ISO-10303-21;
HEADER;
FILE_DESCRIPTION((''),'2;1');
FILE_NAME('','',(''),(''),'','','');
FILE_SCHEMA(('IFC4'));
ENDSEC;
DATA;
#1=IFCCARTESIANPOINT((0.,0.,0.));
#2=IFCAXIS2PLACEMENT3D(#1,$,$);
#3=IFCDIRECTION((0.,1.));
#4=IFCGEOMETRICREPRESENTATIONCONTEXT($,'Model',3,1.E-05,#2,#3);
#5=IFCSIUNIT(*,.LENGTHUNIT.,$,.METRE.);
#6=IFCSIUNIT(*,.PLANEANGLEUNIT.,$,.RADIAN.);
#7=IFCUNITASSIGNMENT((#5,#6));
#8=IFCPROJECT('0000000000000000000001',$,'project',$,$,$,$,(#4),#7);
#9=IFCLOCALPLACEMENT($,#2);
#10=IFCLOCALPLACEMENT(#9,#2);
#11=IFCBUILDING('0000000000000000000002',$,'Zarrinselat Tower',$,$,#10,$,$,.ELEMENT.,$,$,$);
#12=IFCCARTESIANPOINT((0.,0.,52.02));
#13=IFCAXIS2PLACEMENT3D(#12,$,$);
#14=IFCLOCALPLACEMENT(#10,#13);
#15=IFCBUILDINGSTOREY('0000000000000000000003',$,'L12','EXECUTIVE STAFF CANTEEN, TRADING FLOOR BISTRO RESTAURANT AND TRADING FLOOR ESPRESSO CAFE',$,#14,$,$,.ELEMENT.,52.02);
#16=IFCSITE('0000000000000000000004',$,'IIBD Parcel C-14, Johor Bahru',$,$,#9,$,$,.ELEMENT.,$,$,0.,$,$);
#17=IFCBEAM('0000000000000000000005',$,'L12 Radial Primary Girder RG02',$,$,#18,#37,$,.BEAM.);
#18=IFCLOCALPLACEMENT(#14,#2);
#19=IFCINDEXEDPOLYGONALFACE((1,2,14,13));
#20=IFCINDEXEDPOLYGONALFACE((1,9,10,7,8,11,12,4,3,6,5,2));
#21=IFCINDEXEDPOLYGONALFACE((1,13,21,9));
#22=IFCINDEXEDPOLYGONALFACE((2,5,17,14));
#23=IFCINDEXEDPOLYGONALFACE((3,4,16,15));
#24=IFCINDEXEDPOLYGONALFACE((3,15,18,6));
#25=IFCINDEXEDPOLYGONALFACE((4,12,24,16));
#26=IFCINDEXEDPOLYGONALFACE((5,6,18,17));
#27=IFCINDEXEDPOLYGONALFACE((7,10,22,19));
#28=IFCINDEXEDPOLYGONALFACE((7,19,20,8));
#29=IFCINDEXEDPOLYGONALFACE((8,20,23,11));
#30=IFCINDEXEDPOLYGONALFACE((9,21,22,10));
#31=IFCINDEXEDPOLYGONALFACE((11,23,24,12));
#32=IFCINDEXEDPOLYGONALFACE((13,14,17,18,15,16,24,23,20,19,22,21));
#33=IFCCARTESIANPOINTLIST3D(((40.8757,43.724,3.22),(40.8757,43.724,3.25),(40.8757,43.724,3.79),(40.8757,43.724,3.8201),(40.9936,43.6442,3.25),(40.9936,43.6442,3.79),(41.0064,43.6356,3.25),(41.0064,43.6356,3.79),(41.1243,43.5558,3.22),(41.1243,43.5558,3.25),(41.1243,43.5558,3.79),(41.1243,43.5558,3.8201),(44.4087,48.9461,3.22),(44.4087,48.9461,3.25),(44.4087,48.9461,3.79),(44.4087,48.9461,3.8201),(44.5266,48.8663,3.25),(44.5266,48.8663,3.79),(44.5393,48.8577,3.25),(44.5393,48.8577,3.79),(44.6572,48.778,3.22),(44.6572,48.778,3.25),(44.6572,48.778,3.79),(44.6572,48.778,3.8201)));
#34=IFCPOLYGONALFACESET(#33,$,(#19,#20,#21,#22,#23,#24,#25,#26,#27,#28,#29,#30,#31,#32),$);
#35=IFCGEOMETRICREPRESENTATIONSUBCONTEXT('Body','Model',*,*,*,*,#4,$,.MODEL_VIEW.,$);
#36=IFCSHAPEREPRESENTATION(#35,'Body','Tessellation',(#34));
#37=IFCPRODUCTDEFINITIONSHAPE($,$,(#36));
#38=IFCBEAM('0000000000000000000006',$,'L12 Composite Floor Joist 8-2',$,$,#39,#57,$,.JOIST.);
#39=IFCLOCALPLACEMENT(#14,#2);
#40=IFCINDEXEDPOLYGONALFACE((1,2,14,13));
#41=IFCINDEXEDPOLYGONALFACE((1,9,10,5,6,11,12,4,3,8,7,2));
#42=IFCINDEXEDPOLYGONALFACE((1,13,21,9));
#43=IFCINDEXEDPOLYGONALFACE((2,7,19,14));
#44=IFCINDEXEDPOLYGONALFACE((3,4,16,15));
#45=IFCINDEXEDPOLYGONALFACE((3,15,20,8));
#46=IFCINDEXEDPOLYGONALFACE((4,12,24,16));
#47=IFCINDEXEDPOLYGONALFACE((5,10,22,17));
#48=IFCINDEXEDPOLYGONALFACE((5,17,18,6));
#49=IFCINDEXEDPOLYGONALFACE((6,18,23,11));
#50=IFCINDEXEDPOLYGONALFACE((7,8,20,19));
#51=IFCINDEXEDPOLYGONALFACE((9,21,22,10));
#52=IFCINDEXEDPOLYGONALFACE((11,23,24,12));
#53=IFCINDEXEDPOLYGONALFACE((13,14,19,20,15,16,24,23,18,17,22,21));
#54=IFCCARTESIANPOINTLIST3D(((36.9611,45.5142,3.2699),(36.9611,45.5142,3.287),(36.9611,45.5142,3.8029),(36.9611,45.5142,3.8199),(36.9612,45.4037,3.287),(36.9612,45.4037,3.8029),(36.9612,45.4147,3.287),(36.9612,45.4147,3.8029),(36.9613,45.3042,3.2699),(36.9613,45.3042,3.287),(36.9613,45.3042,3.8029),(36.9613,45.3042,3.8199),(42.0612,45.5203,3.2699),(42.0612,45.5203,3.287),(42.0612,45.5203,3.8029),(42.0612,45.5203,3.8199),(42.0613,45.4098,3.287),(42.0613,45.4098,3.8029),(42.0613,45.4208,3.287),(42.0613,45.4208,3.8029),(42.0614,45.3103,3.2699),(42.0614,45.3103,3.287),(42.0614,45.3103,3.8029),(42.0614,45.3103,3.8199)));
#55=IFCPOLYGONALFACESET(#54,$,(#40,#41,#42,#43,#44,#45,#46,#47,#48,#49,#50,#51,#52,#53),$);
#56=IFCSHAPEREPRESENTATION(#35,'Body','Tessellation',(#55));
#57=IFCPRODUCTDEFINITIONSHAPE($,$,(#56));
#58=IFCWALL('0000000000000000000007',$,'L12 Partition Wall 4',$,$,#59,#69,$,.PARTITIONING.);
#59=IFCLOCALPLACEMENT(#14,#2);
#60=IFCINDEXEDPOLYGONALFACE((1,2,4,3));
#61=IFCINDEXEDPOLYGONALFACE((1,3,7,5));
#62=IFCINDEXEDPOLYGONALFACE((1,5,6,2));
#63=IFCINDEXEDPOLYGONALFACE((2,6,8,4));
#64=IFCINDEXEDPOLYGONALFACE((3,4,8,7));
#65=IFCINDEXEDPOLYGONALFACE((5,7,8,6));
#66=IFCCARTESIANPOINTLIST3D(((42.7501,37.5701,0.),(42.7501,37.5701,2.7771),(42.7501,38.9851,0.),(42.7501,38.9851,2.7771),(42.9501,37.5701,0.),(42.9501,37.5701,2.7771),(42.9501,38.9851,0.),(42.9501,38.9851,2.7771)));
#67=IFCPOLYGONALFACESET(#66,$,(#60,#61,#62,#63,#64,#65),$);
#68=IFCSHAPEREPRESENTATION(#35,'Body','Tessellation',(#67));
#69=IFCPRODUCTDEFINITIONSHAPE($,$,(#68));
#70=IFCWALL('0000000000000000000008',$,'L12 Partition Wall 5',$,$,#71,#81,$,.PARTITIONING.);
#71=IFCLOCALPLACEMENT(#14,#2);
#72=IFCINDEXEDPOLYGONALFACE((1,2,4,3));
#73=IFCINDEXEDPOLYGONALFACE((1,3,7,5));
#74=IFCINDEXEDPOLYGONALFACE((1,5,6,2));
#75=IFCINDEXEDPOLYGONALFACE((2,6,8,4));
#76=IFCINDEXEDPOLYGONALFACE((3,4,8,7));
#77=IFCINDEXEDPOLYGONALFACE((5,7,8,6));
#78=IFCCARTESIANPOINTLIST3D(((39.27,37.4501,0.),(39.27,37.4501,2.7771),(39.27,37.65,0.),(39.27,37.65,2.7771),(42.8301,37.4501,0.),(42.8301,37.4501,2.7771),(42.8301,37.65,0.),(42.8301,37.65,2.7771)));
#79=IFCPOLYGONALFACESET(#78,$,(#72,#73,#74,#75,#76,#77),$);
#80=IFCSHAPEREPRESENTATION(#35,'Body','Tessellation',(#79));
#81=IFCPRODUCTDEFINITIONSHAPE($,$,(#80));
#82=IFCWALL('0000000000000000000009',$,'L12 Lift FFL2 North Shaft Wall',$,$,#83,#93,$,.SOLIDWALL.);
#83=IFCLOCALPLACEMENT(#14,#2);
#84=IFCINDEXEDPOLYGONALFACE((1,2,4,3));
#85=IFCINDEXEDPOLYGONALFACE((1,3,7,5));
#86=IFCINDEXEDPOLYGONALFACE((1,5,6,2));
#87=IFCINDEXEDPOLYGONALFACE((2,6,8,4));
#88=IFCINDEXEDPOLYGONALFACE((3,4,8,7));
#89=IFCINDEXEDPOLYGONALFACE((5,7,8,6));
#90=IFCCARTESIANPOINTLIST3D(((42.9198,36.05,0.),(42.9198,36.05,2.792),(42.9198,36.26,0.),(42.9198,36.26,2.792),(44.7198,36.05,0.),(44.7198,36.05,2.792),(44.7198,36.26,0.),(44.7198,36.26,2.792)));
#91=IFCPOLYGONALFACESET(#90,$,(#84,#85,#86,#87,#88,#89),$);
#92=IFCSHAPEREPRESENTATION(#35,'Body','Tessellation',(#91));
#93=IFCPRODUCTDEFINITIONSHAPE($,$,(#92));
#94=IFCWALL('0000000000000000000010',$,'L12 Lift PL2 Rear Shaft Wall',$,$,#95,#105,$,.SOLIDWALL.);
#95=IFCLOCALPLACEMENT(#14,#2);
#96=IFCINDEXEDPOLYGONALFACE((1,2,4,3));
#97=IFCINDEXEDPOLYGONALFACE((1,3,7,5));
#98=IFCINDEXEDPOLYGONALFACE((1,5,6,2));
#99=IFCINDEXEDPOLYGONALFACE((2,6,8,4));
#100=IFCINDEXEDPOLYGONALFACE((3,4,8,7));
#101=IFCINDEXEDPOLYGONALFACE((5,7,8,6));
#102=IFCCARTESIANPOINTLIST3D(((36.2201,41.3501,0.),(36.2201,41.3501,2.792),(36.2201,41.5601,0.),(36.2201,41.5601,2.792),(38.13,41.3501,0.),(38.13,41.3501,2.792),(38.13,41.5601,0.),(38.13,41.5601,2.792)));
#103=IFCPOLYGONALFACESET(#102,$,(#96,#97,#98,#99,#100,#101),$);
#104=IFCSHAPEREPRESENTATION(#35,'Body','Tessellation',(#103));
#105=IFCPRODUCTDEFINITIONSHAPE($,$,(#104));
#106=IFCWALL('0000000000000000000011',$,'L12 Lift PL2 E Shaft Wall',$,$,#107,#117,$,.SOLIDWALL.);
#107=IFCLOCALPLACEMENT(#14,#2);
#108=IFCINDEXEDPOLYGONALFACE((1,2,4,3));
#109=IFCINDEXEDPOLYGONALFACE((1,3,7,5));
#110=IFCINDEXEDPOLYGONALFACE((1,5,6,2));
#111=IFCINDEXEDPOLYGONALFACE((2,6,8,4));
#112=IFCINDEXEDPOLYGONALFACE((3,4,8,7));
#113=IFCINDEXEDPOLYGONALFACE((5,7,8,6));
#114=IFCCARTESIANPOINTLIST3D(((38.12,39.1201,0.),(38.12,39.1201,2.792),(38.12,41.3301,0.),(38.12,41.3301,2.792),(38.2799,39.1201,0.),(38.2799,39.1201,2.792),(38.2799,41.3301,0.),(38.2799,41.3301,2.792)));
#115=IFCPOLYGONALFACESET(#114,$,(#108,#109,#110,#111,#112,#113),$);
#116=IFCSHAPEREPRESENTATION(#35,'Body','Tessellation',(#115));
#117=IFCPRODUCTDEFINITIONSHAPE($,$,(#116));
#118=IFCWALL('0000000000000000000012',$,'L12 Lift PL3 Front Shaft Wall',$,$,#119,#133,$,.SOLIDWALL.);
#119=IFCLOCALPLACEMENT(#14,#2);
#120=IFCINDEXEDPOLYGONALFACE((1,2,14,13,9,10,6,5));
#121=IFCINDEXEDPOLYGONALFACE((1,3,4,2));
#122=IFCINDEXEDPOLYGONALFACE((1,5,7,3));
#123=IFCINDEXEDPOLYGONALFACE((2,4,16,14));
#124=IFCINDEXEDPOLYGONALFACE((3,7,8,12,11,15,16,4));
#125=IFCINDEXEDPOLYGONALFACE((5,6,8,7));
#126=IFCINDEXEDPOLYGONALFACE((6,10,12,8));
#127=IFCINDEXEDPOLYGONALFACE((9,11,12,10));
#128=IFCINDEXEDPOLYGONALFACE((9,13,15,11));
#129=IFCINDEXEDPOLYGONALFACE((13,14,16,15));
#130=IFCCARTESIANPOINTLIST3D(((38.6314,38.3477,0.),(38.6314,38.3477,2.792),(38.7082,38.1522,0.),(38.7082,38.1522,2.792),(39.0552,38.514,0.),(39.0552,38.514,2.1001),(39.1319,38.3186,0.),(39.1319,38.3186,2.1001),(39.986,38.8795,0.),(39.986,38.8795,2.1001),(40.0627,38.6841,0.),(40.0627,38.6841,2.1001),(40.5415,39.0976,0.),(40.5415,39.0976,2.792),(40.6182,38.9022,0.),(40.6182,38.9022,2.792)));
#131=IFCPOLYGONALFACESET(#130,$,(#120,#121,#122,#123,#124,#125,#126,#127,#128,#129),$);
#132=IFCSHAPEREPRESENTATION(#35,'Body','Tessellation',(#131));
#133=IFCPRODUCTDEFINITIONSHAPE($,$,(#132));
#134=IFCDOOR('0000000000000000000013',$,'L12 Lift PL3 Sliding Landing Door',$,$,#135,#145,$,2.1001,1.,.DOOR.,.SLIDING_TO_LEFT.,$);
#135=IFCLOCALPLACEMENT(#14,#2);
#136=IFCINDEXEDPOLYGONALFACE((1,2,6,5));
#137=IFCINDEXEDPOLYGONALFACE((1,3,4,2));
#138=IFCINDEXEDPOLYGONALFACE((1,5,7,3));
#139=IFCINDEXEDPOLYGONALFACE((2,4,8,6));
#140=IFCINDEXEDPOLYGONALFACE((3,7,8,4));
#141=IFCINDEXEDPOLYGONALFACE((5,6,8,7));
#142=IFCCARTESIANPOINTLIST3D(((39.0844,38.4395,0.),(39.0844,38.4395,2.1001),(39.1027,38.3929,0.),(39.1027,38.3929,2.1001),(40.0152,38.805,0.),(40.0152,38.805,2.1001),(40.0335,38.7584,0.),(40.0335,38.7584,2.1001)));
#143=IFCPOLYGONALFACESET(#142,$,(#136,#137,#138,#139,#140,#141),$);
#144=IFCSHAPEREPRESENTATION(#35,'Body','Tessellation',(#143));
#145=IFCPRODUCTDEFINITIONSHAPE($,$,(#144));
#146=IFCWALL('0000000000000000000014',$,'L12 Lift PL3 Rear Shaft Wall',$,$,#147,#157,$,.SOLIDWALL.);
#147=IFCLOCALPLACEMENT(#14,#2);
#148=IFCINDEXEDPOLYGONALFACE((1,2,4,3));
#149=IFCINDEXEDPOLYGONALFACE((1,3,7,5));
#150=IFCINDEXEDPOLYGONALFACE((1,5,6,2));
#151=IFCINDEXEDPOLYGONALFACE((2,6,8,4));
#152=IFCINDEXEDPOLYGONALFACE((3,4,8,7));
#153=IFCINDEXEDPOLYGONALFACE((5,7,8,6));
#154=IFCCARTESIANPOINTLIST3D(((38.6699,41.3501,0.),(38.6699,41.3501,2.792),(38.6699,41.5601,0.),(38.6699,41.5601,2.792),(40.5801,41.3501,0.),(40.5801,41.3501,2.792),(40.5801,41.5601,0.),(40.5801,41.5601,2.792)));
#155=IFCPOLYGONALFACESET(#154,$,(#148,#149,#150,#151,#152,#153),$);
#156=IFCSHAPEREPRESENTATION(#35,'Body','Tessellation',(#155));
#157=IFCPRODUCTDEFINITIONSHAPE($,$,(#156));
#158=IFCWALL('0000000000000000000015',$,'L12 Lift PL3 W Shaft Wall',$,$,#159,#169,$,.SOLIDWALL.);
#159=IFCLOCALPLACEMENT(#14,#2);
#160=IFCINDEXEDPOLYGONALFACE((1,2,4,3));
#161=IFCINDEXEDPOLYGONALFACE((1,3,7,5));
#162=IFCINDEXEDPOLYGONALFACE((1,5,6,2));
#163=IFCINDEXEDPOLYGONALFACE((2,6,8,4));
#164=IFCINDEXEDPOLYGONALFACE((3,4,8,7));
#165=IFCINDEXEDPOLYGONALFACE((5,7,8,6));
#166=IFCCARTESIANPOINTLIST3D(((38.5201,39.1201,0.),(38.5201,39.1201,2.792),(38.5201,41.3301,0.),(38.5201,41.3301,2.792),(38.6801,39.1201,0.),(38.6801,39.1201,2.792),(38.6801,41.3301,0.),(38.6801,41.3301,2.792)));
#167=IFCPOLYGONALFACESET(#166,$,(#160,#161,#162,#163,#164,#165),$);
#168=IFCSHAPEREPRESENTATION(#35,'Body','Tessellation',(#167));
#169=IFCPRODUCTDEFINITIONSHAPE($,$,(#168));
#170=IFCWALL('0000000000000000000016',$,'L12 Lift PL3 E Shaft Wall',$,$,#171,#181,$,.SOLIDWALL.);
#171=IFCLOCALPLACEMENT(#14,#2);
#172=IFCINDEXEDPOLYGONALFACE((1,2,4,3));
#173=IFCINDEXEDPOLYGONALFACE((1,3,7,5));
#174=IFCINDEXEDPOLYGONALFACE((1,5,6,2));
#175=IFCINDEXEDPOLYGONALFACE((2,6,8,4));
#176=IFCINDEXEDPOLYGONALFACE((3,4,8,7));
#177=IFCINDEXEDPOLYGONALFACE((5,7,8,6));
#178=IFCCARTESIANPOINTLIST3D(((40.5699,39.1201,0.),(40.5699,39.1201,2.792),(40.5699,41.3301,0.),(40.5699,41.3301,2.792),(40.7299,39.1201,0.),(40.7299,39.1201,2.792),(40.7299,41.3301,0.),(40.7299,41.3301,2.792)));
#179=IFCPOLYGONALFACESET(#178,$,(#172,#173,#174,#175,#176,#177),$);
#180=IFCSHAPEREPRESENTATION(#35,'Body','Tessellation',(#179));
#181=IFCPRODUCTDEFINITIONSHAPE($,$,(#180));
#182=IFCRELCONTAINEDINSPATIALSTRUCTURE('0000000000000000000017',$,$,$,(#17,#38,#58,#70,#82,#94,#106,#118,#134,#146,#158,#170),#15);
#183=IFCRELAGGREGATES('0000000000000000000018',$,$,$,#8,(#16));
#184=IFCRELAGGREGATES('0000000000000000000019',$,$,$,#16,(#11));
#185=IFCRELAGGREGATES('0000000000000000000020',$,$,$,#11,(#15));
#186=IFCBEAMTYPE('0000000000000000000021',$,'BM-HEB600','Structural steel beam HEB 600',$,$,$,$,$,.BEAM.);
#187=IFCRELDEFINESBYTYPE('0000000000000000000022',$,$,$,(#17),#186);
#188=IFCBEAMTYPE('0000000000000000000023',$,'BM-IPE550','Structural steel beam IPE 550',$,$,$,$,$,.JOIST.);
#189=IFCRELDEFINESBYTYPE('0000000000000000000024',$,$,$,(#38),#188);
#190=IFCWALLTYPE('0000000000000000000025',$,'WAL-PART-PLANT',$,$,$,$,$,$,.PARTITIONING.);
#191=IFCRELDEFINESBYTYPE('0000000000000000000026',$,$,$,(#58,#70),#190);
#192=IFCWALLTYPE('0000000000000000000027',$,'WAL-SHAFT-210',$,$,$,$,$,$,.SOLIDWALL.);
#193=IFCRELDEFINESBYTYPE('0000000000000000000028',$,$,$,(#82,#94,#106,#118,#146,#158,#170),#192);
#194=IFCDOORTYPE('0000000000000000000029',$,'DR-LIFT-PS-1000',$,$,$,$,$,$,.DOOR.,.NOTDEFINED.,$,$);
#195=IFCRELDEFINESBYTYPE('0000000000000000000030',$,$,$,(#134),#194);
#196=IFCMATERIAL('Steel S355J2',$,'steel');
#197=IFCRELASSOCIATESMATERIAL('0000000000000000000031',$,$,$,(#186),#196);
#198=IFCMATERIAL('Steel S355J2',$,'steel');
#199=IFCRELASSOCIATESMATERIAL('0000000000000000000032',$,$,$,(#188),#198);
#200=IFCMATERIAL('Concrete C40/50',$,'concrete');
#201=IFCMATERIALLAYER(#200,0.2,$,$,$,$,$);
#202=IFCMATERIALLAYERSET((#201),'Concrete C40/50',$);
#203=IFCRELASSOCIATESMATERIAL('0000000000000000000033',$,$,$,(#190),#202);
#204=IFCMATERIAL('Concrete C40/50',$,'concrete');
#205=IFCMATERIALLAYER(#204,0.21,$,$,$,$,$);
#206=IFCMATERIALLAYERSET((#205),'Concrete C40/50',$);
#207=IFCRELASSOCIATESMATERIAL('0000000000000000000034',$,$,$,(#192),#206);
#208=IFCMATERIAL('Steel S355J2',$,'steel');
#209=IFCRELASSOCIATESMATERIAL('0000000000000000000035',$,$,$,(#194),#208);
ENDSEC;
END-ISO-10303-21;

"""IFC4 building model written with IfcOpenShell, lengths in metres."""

from ifc_helpers import new_model, si_unit, direction, frame, frame_2d, origin, origin_2d, place, context, subcontext, project, spatial, rectangle, i_section, extrude, material, layer, layer_set, material_profile, profile_set, type_object, element, fill, save


model = new_model("IFC4")

# Units and contexts
model_context = context("Model", 3, precision=1e-05, world=origin(), true_north=direction((0.0, 1.0)))
body_context = subcontext(model_context, "Body", "Model", "MODEL_VIEW")
ifc_project = project(units=[si_unit("LENGTHUNIT", "METRE"), si_unit("PLANEANGLEUNIT", "RADIAN")], contexts=[model_context])

# Site, building, storey
site_placement = place(None, origin())
site = spatial("IfcSite", under=ifc_project, at=site_placement, Name="IIBD Parcel C-14, Johor Bahru", CompositionType="ELEMENT", RefElevation=0.0)
building_placement = place(site_placement, origin())
building = spatial("IfcBuilding", under=site, at=building_placement, Name="Zarrinselat Tower", CompositionType="ELEMENT")
storey_placement = place(building_placement, frame((0.0, 0.0, 52.02)))
storey = spatial("IfcBuildingStorey", under=building, at=storey_placement, Name="L12", Description="EXECUTIVE STAFF CANTEEN, TRADING FLOOR BISTRO RESTAURANT AND TRADING FLOOR ESPRESSO CAFE", CompositionType="ELEMENT", Elevation=52.02)

# Beams
ifc_material_1 = material(Name="Steel S355J2", Category="steel")
ifc_material_profile_1 = material_profile(ifc_material_1, i_section(OverallWidth=0.3, OverallDepth=0.6001, WebThickness=0.0154, FlangeThickness=0.03, at=origin_2d()), Name="HEB 600")
ifc_profile_set_1 = profile_set([ifc_material_profile_1], Name="Steel S355J2")
beam_type_1 = type_object("IfcBeamType", Name="BM-HEB600", Description="Structural steel beam HEB 600", PredefinedType="BEAM", material=ifc_profile_set_1)
beam_1_placement = place(storey_placement, frame((41.0, 43.6399, 3.52), z_axis=(0.560344, 0.82826, 0.0), x_axis=(-0.82826, 0.560344, 0.0)))
element("IfcBeam", 1, at=beam_1_placement, inside=storey, type_object=beam_type_1, Name="L12 Radial Primary Girder RG02", PredefinedType="BEAM", context=body_context, shape_type="SweptSolid", body=[
    extrude(i_section(OverallWidth=0.3, OverallDepth=0.6001, WebThickness=0.0154, FlangeThickness=0.03, at=origin_2d()), origin(), (0.0, 0.0, 1.0), 6.3049),
])
ifc_material_2 = material(Name="Steel S355J2", Category="steel")
ifc_material_profile_2 = material_profile(ifc_material_2, i_section(OverallWidth=0.21, OverallDepth=0.55, WebThickness=0.011, FlangeThickness=0.0171, at=origin_2d()), Name="IPE 550")
ifc_profile_set_2 = profile_set([ifc_material_profile_2], Name="Steel S355J2")
beam_type_2 = type_object("IfcBeamType", Name="BM-IPE550", Description="Structural steel beam IPE 550", PredefinedType="JOIST", material=ifc_profile_set_2)
beam_2_placement = place(storey_placement, frame((36.9612, 45.4092, 3.5449), z_axis=(0.999999, 0.001197, 0.0), x_axis=(-0.001197, 0.999999, 0.0)))
element("IfcBeam", 2, at=beam_2_placement, inside=storey, type_object=beam_type_2, Name="L12 Composite Floor Joist 8-2", PredefinedType="JOIST", context=body_context, shape_type="SweptSolid", body=[
    extrude(i_section(OverallWidth=0.21, OverallDepth=0.55, WebThickness=0.011, FlangeThickness=0.0171, at=origin_2d()), origin(), (0.0, 0.0, 1.0), 5.1001),
])

# Walls
ifc_material_3 = material(Name="Concrete C40/50", Category="concrete")
ifc_layer_1 = layer(ifc_material_3, 0.2)
ifc_layer_set_1 = layer_set([ifc_layer_1], Name="Concrete C40/50")
wall_type_1 = type_object("IfcWallType", Name="WAL-PART-PLANT", PredefinedType="PARTITIONING", material=ifc_layer_set_1)
wall_1_placement = place(storey_placement, frame((42.8501, 37.5701, 0.0), z_axis=(0.0, 0.0, 1.0), x_axis=(0.0, 1.0, 0.0)))
element("IfcWall", 3, at=wall_1_placement, inside=storey, type_object=wall_type_1, Name="L12 Partition Wall 4", PredefinedType="PARTITIONING", context=body_context, shape_type="SweptSolid", body=[
    extrude(rectangle(XDim=1.415, YDim=0.2, at=frame_2d((0.7075, 0.0))), origin(), (0.0, 0.0, 1.0), 2.7771),
])
wall_2_placement = place(storey_placement, frame((39.27, 37.55, 0.0), z_axis=(0.0, 0.0, 1.0), x_axis=(1.0, 0.0, 0.0)))
element("IfcWall", 4, at=wall_2_placement, inside=storey, type_object=wall_type_1, Name="L12 Partition Wall 5", PredefinedType="PARTITIONING", context=body_context, shape_type="SweptSolid", body=[
    extrude(rectangle(XDim=3.5601, YDim=0.2, at=frame_2d((1.78, 0.0))), origin(), (0.0, 0.0, 1.0), 2.7771),
])
ifc_material_4 = material(Name="Concrete C40/50", Category="concrete")
ifc_layer_2 = layer(ifc_material_4, 0.21)
ifc_layer_set_2 = layer_set([ifc_layer_2], Name="Concrete C40/50")
wall_type_2 = type_object("IfcWallType", Name="WAL-SHAFT-210", PredefinedType="SOLIDWALL", material=ifc_layer_set_2)
wall_3_placement = place(storey_placement, frame((42.9199, 36.155, 0.0), z_axis=(0.0, 0.0, 1.0), x_axis=(1.0, 0.0, 0.0)))
element("IfcWall", 5, at=wall_3_placement, inside=storey, type_object=wall_type_2, Name="L12 Lift FFL2 North Shaft Wall", PredefinedType="SOLIDWALL", context=body_context, shape_type="SweptSolid", body=[
    extrude(rectangle(XDim=1.8, YDim=0.21, at=frame_2d((0.8999, 0.0))), origin(), (0.0, 0.0, 1.0), 2.792),
])
wall_4_placement = place(storey_placement, frame((36.22, 41.4551, 0.0), z_axis=(0.0, 0.0, 1.0), x_axis=(1.0, 0.0, 0.0)))
element("IfcWall", 6, at=wall_4_placement, inside=storey, type_object=wall_type_2, Name="L12 Lift PL2 Rear Shaft Wall", PredefinedType="SOLIDWALL", context=body_context, shape_type="SweptSolid", body=[
    extrude(rectangle(XDim=1.9099, YDim=0.21, at=frame_2d((0.9551, 0.0))), origin(), (0.0, 0.0, 1.0), 2.792),
])
wall_5_placement = place(storey_placement, frame((38.2, 39.1201, 0.0), z_axis=(0.0, 0.0, 1.0), x_axis=(0.0, 1.0, 0.0)))
element("IfcWall", 7, at=wall_5_placement, inside=storey, type_object=wall_type_2, Name="L12 Lift PL2 E Shaft Wall", PredefinedType="SOLIDWALL", context=body_context, shape_type="SweptSolid", body=[
    extrude(rectangle(XDim=2.21, YDim=0.1599, at=frame_2d((1.105, 0.0))), origin(), (0.0, 0.0, 1.0), 2.792),
])

# Wall, opening, door
wall_6_placement = place(storey_placement, frame((38.6699, 38.25, 0.0), z_axis=(0.0, 0.0, 1.0), x_axis=(0.930821, 0.365476, 0.0)))
wall_6 = element("IfcWall", 8, at=wall_6_placement, inside=storey, type_object=wall_type_2, Name="L12 Lift PL3 Front Shaft Wall", PredefinedType="SOLIDWALL", context=body_context, shape_type="SweptSolid", body=[
    extrude(rectangle(XDim=2.052, YDim=0.21, at=frame_2d((1.0259, 0.0))), origin(), (0.0, 0.0, 1.0), 2.792),
])
opening_1_placement = place(wall_6_placement, frame((0.4551, 0.0, 0.0)))
opening_1 = element("IfcOpeningElement", 9, at=opening_1_placement, cuts=wall_6, PredefinedType="OPENING", context=body_context, shape_type="SweptSolid", body=[
    extrude(rectangle(XDim=1.0, YDim=2.1001, at=frame_2d((0.5, 1.05))), frame((0.0, 0.115, 0.0), z_axis=(0.0, -1.0, 0.0), x_axis=(1.0, 0.0, 0.0)), (0.0, 0.0, 1.0), 0.23),
])
ifc_material_5 = material(Name="Steel S355J2", Category="steel")
door_type = type_object("IfcDoorType", Name="DR-LIFT-PS-1000", OperationType="NOTDEFINED", PredefinedType="DOOR", material=ifc_material_5)
door_1_placement = place(opening_1_placement, origin())
door_1 = element("IfcDoor", 10, at=door_1_placement, inside=storey, type_object=door_type, Name="L12 Lift PL3 Sliding Landing Door", OperationType="SLIDING_TO_LEFT", OverallHeight=2.1001, OverallWidth=1.0, PredefinedType="DOOR", context=body_context, shape_type="SweptSolid", body=[
    extrude(rectangle(XDim=1.0, YDim=2.1001, at=frame_2d((0.5, 1.05))), frame((0.0, 0.0249, 0.0), z_axis=(0.0, -1.0, 0.0), x_axis=(1.0, 0.0, 0.0)), (0.0, 0.0, 1.0), 0.05),
])
fill(opening_1, door_1)

# Walls
wall_7_placement = place(storey_placement, frame((38.6699, 41.4551, 0.0), z_axis=(0.0, 0.0, 1.0), x_axis=(1.0, 0.0, 0.0)))
element("IfcWall", 11, at=wall_7_placement, inside=storey, type_object=wall_type_2, Name="L12 Lift PL3 Rear Shaft Wall", PredefinedType="SOLIDWALL", context=body_context, shape_type="SweptSolid", body=[
    extrude(rectangle(XDim=1.9102, YDim=0.21, at=frame_2d((0.9551, 0.0))), origin(), (0.0, 0.0, 1.0), 2.792),
])
for number, where, z_axis, x_axis, name in (
    (12, (38.6001, 39.1201, 0.0), (0.0, 0.0, 1.0), (0.0, 1.0, 0.0), "L12 Lift PL3 W Shaft Wall"),
    (13, (40.6499, 39.1201, 0.0), (0.0, 0.0, 1.0), (0.0, 1.0, 0.0), "L12 Lift PL3 E Shaft Wall"),
):
    element("IfcWall", number, at=place(storey_placement, frame(where, z_axis=z_axis, x_axis=x_axis)), inside=storey, type_object=wall_type_2, Name=name, PredefinedType="SOLIDWALL", context=body_context, shape_type="SweptSolid", body=[
        extrude(rectangle(XDim=2.21, YDim=0.1599, at=frame_2d((1.105, 0.0))), origin(), (0.0, 0.0, 1.0), 2.792),
    ])

save(model, "model.ifc")
